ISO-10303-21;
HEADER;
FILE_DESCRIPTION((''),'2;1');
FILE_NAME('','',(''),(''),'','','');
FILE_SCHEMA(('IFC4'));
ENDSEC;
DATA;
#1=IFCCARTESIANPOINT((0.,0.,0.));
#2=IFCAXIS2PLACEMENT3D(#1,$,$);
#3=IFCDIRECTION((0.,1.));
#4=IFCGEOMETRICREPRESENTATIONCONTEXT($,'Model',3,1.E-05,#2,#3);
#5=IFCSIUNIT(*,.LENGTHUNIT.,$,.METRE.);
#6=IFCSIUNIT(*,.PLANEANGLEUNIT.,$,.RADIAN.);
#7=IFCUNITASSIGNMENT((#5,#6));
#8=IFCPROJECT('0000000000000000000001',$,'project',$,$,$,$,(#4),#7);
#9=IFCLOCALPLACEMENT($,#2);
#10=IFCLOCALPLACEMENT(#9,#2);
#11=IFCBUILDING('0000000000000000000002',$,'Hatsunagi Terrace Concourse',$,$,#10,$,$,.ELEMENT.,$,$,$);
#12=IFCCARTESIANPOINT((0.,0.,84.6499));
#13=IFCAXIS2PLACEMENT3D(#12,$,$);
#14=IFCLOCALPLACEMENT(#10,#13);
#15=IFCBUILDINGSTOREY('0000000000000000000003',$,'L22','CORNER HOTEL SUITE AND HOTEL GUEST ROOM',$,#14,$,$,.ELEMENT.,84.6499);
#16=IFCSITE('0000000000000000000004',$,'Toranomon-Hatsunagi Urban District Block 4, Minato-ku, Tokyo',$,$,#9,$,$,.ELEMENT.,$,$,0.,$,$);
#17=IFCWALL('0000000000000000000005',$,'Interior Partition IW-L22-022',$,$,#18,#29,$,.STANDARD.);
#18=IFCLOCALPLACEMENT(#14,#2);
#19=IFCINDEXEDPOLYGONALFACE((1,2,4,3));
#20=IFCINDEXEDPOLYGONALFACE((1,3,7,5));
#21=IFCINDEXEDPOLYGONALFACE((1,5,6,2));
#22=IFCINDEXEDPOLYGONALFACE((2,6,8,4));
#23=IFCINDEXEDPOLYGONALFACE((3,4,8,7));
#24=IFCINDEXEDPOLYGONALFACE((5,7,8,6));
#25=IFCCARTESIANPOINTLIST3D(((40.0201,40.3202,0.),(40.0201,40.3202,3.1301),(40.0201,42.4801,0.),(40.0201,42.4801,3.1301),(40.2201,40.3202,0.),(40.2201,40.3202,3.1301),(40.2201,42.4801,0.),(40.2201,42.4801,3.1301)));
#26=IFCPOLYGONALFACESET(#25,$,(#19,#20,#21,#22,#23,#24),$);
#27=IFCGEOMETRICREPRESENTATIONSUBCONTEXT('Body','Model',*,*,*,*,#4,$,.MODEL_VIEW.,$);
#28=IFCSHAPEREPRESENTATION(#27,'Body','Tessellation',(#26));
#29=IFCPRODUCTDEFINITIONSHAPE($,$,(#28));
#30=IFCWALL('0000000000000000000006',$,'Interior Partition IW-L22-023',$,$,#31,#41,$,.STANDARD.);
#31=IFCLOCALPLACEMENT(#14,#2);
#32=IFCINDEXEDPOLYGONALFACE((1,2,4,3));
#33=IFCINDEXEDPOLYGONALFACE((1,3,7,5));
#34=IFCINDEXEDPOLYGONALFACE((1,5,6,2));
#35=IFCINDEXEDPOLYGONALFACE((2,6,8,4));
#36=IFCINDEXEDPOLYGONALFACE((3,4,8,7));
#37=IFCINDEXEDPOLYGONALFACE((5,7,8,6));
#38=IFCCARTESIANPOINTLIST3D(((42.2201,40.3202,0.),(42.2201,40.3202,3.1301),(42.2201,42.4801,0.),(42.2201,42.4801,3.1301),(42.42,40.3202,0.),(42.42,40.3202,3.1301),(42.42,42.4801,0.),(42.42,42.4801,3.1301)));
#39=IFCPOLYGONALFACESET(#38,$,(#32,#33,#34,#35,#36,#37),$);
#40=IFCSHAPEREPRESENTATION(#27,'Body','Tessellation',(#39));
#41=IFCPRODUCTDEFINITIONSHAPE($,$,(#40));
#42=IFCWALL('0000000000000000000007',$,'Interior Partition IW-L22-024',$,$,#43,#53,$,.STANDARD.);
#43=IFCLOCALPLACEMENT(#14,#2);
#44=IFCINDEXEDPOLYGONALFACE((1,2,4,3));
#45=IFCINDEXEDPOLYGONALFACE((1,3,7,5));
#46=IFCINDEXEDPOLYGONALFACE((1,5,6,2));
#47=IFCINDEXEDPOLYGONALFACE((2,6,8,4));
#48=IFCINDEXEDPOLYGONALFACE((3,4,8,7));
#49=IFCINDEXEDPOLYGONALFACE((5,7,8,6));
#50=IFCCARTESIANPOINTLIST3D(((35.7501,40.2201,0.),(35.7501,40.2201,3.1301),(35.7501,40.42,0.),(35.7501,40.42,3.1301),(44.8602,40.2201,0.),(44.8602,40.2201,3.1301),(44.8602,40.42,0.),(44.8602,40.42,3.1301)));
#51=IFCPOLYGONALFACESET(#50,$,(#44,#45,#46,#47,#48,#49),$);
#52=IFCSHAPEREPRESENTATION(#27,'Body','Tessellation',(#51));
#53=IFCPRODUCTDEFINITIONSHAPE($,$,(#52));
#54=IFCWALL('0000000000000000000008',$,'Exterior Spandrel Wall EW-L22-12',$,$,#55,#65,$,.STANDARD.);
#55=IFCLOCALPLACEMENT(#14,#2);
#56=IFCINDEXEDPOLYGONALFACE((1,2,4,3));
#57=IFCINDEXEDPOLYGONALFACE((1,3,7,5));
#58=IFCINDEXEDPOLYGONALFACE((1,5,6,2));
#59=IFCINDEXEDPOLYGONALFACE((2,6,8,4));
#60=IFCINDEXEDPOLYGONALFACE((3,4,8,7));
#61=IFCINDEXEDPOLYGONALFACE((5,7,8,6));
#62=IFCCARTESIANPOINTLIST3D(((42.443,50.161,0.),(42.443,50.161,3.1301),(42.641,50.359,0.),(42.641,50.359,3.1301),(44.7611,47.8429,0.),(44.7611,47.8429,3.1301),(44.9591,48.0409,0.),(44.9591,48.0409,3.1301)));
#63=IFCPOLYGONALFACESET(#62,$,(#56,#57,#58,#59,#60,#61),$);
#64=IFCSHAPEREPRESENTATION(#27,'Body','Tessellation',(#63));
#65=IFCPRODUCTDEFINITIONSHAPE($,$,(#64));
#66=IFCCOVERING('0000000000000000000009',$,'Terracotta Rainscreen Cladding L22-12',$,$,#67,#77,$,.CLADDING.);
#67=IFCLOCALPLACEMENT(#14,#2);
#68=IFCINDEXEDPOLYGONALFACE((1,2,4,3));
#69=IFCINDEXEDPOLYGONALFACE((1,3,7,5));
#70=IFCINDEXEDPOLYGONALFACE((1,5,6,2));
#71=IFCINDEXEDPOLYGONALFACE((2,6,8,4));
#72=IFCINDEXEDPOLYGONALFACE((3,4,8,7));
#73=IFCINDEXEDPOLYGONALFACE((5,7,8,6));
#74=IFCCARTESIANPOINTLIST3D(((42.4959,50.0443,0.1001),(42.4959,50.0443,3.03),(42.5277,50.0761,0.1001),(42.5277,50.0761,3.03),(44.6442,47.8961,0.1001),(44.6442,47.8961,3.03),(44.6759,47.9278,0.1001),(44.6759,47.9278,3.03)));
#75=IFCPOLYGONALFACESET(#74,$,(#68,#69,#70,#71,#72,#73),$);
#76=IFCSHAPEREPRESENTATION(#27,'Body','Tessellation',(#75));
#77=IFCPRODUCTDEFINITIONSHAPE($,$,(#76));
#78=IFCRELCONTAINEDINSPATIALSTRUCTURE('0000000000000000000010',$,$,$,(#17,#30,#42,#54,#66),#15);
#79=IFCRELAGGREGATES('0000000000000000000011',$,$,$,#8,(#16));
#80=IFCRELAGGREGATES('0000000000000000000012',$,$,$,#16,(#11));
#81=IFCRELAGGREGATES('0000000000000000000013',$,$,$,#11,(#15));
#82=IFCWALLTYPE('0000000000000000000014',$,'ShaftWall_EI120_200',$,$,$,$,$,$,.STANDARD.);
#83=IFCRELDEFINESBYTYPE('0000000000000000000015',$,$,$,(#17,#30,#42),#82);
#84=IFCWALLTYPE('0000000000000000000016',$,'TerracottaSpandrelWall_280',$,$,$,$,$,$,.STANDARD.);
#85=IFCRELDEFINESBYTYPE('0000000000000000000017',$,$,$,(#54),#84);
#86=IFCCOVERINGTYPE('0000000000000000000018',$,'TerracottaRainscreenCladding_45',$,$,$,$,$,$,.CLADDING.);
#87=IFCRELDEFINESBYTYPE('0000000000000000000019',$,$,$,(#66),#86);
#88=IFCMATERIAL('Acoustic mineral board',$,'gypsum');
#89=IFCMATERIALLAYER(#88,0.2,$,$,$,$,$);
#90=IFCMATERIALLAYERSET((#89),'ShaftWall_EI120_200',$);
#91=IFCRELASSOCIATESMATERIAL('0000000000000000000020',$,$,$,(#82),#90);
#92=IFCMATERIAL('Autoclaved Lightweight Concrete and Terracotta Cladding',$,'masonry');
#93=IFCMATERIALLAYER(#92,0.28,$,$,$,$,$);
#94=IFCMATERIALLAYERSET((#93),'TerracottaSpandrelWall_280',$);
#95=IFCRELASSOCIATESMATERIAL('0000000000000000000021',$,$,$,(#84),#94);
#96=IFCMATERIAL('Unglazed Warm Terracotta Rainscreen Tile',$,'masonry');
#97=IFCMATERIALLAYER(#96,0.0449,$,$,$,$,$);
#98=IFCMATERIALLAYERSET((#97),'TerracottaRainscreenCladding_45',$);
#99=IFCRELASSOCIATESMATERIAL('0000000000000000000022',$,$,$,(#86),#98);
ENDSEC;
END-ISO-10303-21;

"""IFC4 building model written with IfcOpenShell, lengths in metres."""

from ifc_helpers import new_model, si_unit, direction, frame, frame_2d, origin, origin_2d, place, context, subcontext, project, spatial, rectangle, extrude, material, layer, layer_set, type_object, element, save


model = new_model("IFC4")

# Units and contexts
model_context = context("Model", 3, precision=1e-05, world=origin(), true_north=direction((0.0, 1.0)))
body_context = subcontext(model_context, "Body", "Model", "MODEL_VIEW")
ifc_project = project(units=[si_unit("LENGTHUNIT", "METRE"), si_unit("PLANEANGLEUNIT", "RADIAN")], contexts=[model_context])

# Site, building, storey
site_placement = place(None, origin())
site = spatial("IfcSite", under=ifc_project, at=site_placement, Name="Toranomon-Hatsunagi Urban District Block 4, Minato-ku, Tokyo", CompositionType="ELEMENT", RefElevation=0.0)
building_placement = place(site_placement, origin())
building = spatial("IfcBuilding", under=site, at=building_placement, Name="Hatsunagi Terrace Concourse", CompositionType="ELEMENT")
storey_placement = place(building_placement, frame((0.0, 0.0, 84.6499)))
storey = spatial("IfcBuildingStorey", under=building, at=storey_placement, Name="L22", Description="CORNER HOTEL SUITE AND HOTEL GUEST ROOM", CompositionType="ELEMENT", Elevation=84.6499)

# Shared definitions
ifc_material_1 = material(Name="Acoustic mineral board", Category="gypsum")
ifc_layer_1 = layer(ifc_material_1, 0.2)
ifc_layer_set_1 = layer_set([ifc_layer_1], Name="ShaftWall_EI120_200")
wall_type_1 = type_object("IfcWallType", Name="ShaftWall_EI120_200", PredefinedType="STANDARD", material=ifc_layer_set_1)

# Walls
for number, where, z_axis, x_axis, name in (
    (1, (40.1201, 40.3201, 0.0), (0.0, 0.0, 1.0), (0.0, 1.0, 0.0), "Interior Partition IW-L22-022"),
    (2, (42.3201, 40.3201, 0.0), (0.0, 0.0, 1.0), (0.0, 1.0, 0.0), "Interior Partition IW-L22-023"),
):
    element("IfcWall", number, at=place(storey_placement, frame(where, z_axis=z_axis, x_axis=x_axis)), inside=storey, type_object=wall_type_1, Name=name, PredefinedType="STANDARD", context=body_context, shape_type="SweptSolid", body=[
        extrude(rectangle(XDim=2.1599, YDim=0.2, at=frame_2d((1.0801, 0.0))), origin(), (0.0, 0.0, 1.0), 3.1301),
    ])
wall_1_placement = place(storey_placement, frame((35.75, 40.3201, 0.0), z_axis=(0.0, 0.0, 1.0), x_axis=(1.0, 0.0, 0.0)))
element("IfcWall", 3, at=wall_1_placement, inside=storey, type_object=wall_type_1, Name="Interior Partition IW-L22-024", PredefinedType="STANDARD", context=body_context, shape_type="SweptSolid", body=[
    extrude(rectangle(XDim=9.1101, YDim=0.2, at=frame_2d((4.5552, 0.0))), origin(), (0.0, 0.0, 1.0), 3.1301),
])
ifc_material_2 = material(Name="Autoclaved Lightweight Concrete and Terracotta Cladding", Category="masonry")
ifc_layer_2 = layer(ifc_material_2, 0.28)
ifc_layer_set_2 = layer_set([ifc_layer_2], Name="TerracottaSpandrelWall_280")
wall_type_2 = type_object("IfcWallType", Name="TerracottaSpandrelWall_280", PredefinedType="STANDARD", material=ifc_layer_set_2)
wall_2_placement = place(storey_placement, frame((42.542, 50.26, 0.0), z_axis=(0.0, 0.0, 1.0), x_axis=(0.707107, -0.707107, 0.0)))
element("IfcWall", 4, at=wall_2_placement, inside=storey, type_object=wall_type_2, Name="Exterior Spandrel Wall EW-L22-12", PredefinedType="STANDARD", context=body_context, shape_type="SweptSolid", body=[
    extrude(rectangle(XDim=3.2783, YDim=0.28, at=frame_2d((1.6392, 0.0))), origin(), (0.0, 0.0, 1.0), 3.1301),
])

# Covering
ifc_material_3 = material(Name="Unglazed Warm Terracotta Rainscreen Tile", Category="masonry")
ifc_layer_3 = layer(ifc_material_3, 0.0449)
ifc_layer_set_3 = layer_set([ifc_layer_3], Name="TerracottaRainscreenCladding_45")
covering_type = type_object("IfcCoveringType", Name="TerracottaRainscreenCladding_45", PredefinedType="CLADDING", material=ifc_layer_set_3)
covering_placement = place(storey_placement, frame((43.5859, 48.9861, 0.1001), z_axis=(0.0, 0.0, 1.0), x_axis=(0.707107, -0.707107, 0.0)))
element("IfcCovering", 5, at=covering_placement, inside=storey, type_object=covering_type, Name="Terracotta Rainscreen Cladding L22-12", PredefinedType="CLADDING", context=body_context, shape_type="SweptSolid", body=[
    extrude(rectangle(XDim=3.0381, YDim=0.0449, at=origin_2d()), origin(), (0.0, 0.0, 1.0), 2.9299),
])

save(model, "model.ifc")
